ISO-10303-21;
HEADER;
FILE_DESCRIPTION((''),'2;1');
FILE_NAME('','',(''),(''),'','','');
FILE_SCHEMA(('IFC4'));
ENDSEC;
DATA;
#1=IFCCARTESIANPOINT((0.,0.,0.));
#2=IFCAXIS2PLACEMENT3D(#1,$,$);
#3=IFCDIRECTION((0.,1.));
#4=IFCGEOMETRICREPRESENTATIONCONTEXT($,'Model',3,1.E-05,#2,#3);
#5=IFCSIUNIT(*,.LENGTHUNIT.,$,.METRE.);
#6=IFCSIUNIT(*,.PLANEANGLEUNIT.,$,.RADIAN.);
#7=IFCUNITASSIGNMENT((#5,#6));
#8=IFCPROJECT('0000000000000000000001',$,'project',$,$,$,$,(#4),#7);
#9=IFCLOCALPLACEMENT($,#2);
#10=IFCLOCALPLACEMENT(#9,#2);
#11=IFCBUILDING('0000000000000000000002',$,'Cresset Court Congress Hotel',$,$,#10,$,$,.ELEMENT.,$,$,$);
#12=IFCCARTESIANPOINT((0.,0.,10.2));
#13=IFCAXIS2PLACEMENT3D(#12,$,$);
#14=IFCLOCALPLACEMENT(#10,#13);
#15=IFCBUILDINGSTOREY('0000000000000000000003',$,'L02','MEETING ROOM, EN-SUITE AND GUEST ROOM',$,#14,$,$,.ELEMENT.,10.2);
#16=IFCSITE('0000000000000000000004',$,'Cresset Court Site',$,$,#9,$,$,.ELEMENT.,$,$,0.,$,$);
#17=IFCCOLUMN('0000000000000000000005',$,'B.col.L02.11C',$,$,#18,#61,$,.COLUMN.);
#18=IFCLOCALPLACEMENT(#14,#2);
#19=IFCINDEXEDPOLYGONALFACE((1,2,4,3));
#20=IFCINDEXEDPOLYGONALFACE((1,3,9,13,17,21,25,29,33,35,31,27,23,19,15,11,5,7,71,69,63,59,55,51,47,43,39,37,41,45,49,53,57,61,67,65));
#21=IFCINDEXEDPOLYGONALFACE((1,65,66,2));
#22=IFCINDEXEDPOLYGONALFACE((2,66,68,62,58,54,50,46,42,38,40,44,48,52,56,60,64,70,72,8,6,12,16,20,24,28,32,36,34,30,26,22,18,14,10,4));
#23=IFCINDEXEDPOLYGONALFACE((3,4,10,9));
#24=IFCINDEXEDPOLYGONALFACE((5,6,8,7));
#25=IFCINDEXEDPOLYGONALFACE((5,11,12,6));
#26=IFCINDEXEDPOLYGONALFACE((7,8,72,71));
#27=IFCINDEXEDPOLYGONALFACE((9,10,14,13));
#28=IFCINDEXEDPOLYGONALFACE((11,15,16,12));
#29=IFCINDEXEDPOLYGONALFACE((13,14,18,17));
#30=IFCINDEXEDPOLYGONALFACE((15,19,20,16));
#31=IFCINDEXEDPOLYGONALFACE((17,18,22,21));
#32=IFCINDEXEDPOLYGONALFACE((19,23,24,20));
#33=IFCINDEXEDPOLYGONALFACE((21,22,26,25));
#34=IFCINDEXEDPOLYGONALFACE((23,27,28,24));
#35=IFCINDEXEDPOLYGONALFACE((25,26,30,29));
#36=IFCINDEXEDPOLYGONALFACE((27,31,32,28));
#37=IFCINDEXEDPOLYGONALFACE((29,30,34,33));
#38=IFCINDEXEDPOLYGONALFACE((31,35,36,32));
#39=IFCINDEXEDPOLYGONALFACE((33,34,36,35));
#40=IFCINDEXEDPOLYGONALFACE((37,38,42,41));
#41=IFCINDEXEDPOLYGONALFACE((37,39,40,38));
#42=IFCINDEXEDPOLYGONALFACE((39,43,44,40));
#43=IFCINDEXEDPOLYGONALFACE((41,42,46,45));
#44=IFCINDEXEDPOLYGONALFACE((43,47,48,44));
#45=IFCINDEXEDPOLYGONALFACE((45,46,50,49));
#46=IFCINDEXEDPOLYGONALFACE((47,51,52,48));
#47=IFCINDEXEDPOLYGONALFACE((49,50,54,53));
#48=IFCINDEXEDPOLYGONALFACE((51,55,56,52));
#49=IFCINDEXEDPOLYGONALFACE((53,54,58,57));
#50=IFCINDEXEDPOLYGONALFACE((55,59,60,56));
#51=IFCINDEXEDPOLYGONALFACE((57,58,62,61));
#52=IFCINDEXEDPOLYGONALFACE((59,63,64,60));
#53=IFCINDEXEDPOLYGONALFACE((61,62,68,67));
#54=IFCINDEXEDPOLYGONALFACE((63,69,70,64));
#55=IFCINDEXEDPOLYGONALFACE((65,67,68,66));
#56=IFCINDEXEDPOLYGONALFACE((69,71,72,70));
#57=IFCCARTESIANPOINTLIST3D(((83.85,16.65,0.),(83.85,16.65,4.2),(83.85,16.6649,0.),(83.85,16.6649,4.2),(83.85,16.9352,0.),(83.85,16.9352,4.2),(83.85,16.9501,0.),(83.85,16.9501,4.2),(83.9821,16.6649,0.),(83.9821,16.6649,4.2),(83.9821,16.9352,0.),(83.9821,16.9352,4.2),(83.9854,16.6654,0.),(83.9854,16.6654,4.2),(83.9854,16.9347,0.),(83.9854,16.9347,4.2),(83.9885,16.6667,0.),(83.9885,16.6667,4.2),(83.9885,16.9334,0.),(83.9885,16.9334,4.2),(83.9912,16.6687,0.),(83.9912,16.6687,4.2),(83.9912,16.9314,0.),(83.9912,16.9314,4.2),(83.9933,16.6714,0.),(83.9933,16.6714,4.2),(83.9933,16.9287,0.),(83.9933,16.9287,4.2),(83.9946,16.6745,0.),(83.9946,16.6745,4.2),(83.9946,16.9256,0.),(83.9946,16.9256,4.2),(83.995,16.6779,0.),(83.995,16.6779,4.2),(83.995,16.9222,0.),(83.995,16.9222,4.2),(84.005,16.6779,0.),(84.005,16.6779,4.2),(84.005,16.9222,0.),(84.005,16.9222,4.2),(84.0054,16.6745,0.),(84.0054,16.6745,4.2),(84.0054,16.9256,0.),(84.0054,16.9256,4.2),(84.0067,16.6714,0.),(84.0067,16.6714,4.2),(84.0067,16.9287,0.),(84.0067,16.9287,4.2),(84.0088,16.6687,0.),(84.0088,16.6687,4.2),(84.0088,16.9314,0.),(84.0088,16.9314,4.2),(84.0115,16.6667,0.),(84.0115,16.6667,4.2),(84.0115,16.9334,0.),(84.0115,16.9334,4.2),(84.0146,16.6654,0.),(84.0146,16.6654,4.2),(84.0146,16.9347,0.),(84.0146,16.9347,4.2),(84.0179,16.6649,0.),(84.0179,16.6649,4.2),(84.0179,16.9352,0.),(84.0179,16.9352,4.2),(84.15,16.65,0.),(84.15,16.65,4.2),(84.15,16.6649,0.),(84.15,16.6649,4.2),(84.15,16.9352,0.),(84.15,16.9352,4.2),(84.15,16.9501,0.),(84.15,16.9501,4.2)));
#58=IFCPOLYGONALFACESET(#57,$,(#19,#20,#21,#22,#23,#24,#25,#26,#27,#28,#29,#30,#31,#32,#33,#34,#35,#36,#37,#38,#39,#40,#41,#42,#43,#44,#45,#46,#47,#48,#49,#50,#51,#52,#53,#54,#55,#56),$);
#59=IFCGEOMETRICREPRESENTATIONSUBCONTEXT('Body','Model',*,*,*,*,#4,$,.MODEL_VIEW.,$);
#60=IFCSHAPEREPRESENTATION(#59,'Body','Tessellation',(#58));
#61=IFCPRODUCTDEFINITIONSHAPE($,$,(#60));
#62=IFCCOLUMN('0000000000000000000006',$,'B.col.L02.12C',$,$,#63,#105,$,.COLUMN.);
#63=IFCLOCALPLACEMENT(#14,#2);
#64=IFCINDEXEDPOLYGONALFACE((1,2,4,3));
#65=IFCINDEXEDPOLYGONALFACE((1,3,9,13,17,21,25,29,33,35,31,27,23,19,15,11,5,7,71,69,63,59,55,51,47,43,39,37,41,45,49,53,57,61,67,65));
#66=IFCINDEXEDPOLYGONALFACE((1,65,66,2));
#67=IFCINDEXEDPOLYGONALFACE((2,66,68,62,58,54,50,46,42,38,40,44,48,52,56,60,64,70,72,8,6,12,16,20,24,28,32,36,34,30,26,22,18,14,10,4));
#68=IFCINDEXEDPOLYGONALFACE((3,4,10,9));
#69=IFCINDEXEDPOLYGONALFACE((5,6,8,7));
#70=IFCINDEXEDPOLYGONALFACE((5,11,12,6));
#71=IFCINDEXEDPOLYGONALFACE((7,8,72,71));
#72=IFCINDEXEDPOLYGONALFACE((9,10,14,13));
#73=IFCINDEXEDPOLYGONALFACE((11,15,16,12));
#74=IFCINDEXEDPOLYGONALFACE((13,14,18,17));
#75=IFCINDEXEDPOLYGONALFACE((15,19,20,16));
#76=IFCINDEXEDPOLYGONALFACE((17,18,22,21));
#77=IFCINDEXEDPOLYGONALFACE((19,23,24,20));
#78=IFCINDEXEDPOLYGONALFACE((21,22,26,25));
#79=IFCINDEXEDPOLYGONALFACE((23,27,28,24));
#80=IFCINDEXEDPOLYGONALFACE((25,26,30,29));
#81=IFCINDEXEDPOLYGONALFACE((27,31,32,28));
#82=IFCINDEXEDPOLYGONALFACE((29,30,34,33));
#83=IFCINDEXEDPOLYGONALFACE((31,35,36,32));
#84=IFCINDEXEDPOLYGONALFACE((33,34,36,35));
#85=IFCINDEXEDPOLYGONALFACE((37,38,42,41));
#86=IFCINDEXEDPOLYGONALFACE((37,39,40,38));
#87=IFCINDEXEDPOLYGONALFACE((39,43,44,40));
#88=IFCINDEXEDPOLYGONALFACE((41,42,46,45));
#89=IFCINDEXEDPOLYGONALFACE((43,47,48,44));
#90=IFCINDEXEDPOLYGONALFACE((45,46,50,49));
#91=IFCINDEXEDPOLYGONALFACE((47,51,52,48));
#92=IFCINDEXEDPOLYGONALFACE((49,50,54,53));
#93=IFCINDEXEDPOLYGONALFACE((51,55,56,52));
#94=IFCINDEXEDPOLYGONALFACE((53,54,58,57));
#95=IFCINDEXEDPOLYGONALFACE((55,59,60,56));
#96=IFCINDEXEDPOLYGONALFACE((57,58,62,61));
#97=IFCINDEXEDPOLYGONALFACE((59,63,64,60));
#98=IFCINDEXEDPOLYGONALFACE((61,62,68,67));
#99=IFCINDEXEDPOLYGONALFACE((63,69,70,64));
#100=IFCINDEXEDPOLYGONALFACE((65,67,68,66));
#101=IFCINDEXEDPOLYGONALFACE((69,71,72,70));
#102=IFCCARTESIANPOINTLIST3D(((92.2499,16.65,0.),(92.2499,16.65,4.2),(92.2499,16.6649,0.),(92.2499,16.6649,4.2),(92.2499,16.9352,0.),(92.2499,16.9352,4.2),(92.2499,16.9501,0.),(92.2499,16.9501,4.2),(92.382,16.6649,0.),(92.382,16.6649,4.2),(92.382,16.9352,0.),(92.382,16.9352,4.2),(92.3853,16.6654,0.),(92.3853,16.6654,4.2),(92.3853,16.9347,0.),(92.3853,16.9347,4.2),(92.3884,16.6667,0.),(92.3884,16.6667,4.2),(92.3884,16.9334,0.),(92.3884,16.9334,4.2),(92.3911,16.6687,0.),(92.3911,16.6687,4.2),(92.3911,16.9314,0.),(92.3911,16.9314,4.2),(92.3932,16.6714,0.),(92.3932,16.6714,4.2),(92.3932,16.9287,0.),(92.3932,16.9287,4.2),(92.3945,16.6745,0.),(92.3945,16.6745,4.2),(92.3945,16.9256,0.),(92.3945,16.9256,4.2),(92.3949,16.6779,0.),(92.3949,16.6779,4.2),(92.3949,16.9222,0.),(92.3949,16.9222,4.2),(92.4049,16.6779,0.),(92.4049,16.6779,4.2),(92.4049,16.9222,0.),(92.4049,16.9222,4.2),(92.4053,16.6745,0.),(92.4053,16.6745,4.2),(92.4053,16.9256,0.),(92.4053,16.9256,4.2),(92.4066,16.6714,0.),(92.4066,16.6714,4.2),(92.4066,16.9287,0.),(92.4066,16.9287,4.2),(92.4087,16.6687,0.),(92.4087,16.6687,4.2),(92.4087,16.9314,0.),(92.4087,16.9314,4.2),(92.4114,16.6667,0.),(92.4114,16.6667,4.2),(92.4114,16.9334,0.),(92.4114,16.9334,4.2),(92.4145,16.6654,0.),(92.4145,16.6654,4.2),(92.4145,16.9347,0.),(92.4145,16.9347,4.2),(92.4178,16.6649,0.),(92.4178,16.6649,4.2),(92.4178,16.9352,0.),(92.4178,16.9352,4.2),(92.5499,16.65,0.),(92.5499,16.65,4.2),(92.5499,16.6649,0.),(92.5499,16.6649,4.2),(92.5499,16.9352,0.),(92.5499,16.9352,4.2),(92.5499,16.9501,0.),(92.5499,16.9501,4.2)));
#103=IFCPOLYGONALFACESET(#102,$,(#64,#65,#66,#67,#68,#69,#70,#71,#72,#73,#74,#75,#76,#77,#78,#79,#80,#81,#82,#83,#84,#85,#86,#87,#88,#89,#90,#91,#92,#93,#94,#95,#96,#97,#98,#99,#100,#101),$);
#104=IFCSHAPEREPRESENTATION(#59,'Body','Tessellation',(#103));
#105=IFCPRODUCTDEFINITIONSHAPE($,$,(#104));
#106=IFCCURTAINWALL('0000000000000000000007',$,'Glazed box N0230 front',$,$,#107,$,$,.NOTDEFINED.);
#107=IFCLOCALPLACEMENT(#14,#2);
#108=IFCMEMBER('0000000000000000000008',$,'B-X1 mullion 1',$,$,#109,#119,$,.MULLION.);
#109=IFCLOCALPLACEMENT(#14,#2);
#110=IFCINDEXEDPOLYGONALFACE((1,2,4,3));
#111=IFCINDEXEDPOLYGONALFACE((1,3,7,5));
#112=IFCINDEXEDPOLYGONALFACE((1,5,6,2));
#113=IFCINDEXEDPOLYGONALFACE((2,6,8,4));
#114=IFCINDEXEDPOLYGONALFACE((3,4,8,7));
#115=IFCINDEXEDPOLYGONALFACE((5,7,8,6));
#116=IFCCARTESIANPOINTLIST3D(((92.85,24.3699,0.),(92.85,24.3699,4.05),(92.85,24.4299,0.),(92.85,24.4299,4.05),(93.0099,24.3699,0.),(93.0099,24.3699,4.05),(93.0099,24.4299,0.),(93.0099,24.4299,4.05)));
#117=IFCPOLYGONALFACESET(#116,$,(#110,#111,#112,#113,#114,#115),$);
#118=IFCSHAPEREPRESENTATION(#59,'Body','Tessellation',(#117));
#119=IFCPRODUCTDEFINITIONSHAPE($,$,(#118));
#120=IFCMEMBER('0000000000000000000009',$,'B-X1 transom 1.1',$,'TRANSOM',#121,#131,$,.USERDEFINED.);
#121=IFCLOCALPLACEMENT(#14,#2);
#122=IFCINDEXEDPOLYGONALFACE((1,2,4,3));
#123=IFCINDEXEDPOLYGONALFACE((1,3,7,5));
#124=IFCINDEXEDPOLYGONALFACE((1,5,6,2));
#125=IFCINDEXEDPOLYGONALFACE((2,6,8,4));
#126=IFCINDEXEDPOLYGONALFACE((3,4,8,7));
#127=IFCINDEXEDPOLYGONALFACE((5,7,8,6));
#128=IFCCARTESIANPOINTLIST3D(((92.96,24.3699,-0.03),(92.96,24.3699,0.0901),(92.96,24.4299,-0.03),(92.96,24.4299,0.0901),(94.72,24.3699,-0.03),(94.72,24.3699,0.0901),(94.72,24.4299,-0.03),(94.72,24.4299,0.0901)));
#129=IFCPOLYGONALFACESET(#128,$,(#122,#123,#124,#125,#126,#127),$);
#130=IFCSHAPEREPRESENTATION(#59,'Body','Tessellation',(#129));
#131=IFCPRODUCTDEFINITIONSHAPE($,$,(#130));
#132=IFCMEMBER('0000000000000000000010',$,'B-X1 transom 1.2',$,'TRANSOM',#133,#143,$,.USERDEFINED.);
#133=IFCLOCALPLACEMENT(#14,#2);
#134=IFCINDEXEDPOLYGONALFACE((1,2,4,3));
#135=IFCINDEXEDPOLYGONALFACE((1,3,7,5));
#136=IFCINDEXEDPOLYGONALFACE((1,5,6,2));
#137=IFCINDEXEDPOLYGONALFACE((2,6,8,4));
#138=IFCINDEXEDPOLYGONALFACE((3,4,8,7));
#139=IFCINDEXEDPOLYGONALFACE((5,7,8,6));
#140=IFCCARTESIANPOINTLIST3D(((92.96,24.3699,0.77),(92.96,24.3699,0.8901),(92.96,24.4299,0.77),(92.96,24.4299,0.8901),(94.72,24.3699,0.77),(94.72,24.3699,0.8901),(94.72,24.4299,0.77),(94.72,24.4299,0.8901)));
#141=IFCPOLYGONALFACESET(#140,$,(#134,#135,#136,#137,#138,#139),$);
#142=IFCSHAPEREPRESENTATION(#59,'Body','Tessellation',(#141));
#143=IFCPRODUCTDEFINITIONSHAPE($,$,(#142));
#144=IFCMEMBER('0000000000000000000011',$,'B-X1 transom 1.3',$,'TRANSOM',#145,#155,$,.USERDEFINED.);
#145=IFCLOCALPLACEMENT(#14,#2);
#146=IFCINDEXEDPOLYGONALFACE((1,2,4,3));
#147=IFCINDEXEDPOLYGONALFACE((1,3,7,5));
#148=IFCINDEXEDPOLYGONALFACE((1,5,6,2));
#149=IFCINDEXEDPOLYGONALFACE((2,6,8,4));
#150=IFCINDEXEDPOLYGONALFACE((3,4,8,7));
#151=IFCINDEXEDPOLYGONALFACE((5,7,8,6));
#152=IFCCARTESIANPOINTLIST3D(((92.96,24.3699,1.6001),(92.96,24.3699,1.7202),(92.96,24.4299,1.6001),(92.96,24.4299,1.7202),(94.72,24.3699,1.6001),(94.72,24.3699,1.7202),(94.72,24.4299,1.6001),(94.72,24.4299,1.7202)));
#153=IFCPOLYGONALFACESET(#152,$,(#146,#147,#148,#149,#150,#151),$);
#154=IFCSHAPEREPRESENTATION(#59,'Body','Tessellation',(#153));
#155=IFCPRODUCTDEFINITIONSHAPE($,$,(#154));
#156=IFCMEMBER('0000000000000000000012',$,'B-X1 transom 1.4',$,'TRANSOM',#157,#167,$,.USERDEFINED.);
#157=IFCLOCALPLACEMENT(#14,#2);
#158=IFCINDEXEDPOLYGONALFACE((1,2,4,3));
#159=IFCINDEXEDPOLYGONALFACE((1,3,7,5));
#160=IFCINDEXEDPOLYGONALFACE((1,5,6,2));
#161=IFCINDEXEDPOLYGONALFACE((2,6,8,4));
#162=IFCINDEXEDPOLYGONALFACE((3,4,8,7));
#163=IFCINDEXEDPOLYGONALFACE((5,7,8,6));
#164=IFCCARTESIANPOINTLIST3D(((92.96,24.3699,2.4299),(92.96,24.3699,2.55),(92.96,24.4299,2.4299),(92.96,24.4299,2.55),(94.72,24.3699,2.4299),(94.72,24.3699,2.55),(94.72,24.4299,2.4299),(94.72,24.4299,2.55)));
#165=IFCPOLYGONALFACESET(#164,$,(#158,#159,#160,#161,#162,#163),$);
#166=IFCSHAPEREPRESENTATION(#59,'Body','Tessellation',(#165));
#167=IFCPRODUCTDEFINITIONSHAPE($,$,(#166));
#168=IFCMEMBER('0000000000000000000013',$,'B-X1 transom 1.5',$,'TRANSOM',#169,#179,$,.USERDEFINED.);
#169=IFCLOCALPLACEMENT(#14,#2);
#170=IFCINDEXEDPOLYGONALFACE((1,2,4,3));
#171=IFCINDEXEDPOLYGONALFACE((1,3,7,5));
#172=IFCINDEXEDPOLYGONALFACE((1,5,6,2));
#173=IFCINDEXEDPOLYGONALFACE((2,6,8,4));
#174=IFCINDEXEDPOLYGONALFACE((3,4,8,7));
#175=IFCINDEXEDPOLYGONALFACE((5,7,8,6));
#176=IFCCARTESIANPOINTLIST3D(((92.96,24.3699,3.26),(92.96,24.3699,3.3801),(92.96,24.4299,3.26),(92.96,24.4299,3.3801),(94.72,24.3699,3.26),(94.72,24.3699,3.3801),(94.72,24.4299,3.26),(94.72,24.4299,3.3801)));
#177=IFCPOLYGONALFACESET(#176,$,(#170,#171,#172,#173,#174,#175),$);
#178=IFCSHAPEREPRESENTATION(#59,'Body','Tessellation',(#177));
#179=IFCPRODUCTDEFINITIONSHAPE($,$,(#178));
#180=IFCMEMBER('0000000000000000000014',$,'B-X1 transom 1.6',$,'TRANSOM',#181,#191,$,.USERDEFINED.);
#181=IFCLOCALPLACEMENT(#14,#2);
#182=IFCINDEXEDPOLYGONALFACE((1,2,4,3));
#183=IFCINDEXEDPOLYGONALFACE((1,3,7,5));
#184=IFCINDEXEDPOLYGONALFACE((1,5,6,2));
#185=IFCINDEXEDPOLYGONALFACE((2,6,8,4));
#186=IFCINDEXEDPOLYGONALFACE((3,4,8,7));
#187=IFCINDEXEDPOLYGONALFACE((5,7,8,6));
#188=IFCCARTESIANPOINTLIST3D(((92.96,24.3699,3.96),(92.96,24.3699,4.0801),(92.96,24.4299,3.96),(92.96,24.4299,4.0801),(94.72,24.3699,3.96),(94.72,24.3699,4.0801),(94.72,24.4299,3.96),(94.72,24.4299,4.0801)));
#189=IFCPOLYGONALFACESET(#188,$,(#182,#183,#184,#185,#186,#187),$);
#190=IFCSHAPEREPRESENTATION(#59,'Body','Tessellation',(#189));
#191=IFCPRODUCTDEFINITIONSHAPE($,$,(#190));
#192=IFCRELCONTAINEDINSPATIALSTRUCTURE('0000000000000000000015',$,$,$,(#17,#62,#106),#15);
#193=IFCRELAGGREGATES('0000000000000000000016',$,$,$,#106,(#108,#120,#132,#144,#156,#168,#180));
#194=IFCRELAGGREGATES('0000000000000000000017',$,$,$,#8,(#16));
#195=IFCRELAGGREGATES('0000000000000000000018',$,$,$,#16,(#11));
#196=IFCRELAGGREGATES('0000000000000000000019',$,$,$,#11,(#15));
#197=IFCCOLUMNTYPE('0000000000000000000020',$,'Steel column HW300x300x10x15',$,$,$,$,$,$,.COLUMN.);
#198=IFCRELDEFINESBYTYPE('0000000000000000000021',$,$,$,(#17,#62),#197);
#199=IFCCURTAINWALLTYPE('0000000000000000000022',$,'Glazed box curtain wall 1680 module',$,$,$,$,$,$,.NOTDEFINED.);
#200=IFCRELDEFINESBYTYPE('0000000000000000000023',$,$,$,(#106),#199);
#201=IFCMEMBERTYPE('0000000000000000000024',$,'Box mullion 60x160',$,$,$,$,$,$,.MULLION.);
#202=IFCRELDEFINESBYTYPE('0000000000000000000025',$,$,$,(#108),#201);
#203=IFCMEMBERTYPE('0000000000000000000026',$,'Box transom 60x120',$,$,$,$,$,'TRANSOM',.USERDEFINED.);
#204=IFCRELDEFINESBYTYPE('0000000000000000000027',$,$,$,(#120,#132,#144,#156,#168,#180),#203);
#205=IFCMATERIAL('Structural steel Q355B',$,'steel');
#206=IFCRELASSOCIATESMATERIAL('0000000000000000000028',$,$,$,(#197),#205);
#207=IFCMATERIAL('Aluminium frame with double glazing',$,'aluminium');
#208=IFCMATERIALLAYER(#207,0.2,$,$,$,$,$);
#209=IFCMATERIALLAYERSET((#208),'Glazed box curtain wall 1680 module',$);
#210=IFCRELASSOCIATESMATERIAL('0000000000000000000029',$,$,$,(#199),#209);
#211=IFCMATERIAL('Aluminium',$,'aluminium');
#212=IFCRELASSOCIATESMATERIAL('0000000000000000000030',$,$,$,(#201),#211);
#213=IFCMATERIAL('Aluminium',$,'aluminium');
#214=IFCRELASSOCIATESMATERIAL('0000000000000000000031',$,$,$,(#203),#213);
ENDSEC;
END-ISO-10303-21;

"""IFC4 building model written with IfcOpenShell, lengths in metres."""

from ifc_helpers import new_model, si_unit, direction, frame, origin, origin_2d, place, context, subcontext, project, spatial, rectangle, i_section, extrude, material, layer, layer_set, material_profile, profile_set, type_object, element, aggregate, save


model = new_model("IFC4")

# Units and contexts
model_context = context("Model", 3, precision=1e-05, world=origin(), true_north=direction((0.0, 1.0)))
body_context = subcontext(model_context, "Body", "Model", "MODEL_VIEW")
ifc_project = project(units=[si_unit("LENGTHUNIT", "METRE"), si_unit("PLANEANGLEUNIT", "RADIAN")], contexts=[model_context])

# Site, building, storey
site_placement = place(None, origin())
site = spatial("IfcSite", under=ifc_project, at=site_placement, Name="Cresset Court Site", CompositionType="ELEMENT", RefElevation=0.0)
building_placement = place(site_placement, origin())
building = spatial("IfcBuilding", under=site, at=building_placement, Name="Cresset Court Congress Hotel", CompositionType="ELEMENT")
storey_placement = place(building_placement, frame((0.0, 0.0, 10.2)))
storey = spatial("IfcBuildingStorey", under=building, at=storey_placement, Name="L02", Description="MEETING ROOM, EN-SUITE AND GUEST ROOM", CompositionType="ELEMENT", Elevation=10.2)

# Columns
ifc_material_1 = material(Name="Structural steel Q355B", Category="steel")
ifc_material_profile_1 = material_profile(ifc_material_1, i_section(OverallWidth=0.3, OverallDepth=0.3, WebThickness=0.01, FlangeThickness=0.0149, FilletRadius=0.0129, at=origin_2d()), Name="HW300x300x10x15")
ifc_profile_set_1 = profile_set([ifc_material_profile_1], Name="Structural steel Q355B")
column_type = type_object("IfcColumnType", Name="Steel column HW300x300x10x15", PredefinedType="COLUMN", material=ifc_profile_set_1)
for number, where, z_axis, x_axis, name in (
    (1, (84.0, 16.8, 0.0), (0.0, 0.0, 1.0), (1.0, 0.0, 0.0), "B.col.L02.11C"),
    (2, (92.3999, 16.8, 0.0), (0.0, 0.0, 1.0), (1.0, 0.0, 0.0), "B.col.L02.12C"),
):
    element("IfcColumn", number, at=place(storey_placement, frame(where, z_axis=z_axis, x_axis=x_axis)), inside=storey, type_object=column_type, Name=name, PredefinedType="COLUMN", context=body_context, shape_type="SweptSolid", body=[
        extrude(i_section(OverallWidth=0.3, OverallDepth=0.3, WebThickness=0.01, FlangeThickness=0.0149, FilletRadius=0.0129, at=origin_2d()), origin(), (0.0, 0.0, 1.0), 4.2),
    ])

# Curtain wall, members
ifc_material_2 = material(Name="Aluminium frame with double glazing", Category="aluminium")
ifc_layer_1 = layer(ifc_material_2, 0.2)
ifc_layer_set_1 = layer_set([ifc_layer_1], Name="Glazed box curtain wall 1680 module")
curtain_wall_type = type_object("IfcCurtainWallType", Name="Glazed box curtain wall 1680 module", PredefinedType="NOTDEFINED", material=ifc_layer_set_1)
curtain_wall_placement = place(storey_placement, origin())
curtain_wall = element("IfcCurtainWall", 3, at=curtain_wall_placement, inside=storey, type_object=curtain_wall_type, Name="Glazed box N0230 front", PredefinedType="NOTDEFINED")
ifc_material_3 = material(Name="Aluminium", Category="aluminium")
ifc_material_profile_2 = material_profile(ifc_material_3, rectangle(XDim=0.0601, YDim=0.1599, at=origin_2d()), Name="Box mullion 60x160")
ifc_profile_set_2 = profile_set([ifc_material_profile_2], Name="Aluminium")
member_type_1 = type_object("IfcMemberType", Name="Box mullion 60x160", PredefinedType="MULLION", material=ifc_profile_set_2)
member_1_placement = place(storey_placement, frame((92.9299, 24.3999, 0.0), z_axis=(0.0, 0.0, 1.0), x_axis=(0.0, 1.0, 0.0)))
member_1 = element("IfcMember", 4, at=member_1_placement, type_object=member_type_1, Name="B-X1 mullion 1", PredefinedType="MULLION", context=body_context, shape_type="SweptSolid", body=[
    extrude(rectangle(XDim=0.0601, YDim=0.1599, at=origin_2d()), origin(), (0.0, 0.0, 1.0), 4.05),
])
ifc_material_4 = material(Name="Aluminium", Category="aluminium")
ifc_material_profile_3 = material_profile(ifc_material_4, rectangle(XDim=0.0601, YDim=0.1201, at=origin_2d()), Name="Box transom 60x120")
ifc_profile_set_3 = profile_set([ifc_material_profile_3], Name="Aluminium")
member_type_2 = type_object("IfcMemberType", Name="Box transom 60x120", ElementType="TRANSOM", PredefinedType="USERDEFINED", material=ifc_profile_set_3)
member_2_placement = place(storey_placement, frame((92.96, 24.3999, 0.03), z_axis=(1.0, 0.0, 0.0), x_axis=(0.0, 1.0, 0.0)))
member_2 = element("IfcMember", 5, at=member_2_placement, type_object=member_type_2, Name="B-X1 transom 1.1", ObjectType="TRANSOM", PredefinedType="USERDEFINED", context=body_context, shape_type="SweptSolid", body=[
    extrude(rectangle(XDim=0.0601, YDim=0.1201, at=origin_2d()), origin(), (0.0, 0.0, 1.0), 1.76),
])
member_3_placement = place(storey_placement, frame((92.96, 24.3999, 0.8301), z_axis=(1.0, 0.0, 0.0), x_axis=(0.0, 1.0, 0.0)))
member_3 = element("IfcMember", 6, at=member_3_placement, type_object=member_type_2, Name="B-X1 transom 1.2", ObjectType="TRANSOM", PredefinedType="USERDEFINED", context=body_context, shape_type="SweptSolid", body=[
    extrude(rectangle(XDim=0.0601, YDim=0.1201, at=origin_2d()), origin(), (0.0, 0.0, 1.0), 1.76),
])
member_4_placement = place(storey_placement, frame((92.96, 24.3999, 1.6602), z_axis=(1.0, 0.0, 0.0), x_axis=(0.0, 1.0, 0.0)))
member_4 = element("IfcMember", 7, at=member_4_placement, type_object=member_type_2, Name="B-X1 transom 1.3", ObjectType="TRANSOM", PredefinedType="USERDEFINED", context=body_context, shape_type="SweptSolid", body=[
    extrude(rectangle(XDim=0.0601, YDim=0.1201, at=origin_2d()), origin(), (0.0, 0.0, 1.0), 1.76),
])
member_5_placement = place(storey_placement, frame((92.96, 24.3999, 2.49), z_axis=(1.0, 0.0, 0.0), x_axis=(0.0, 1.0, 0.0)))
member_5 = element("IfcMember", 8, at=member_5_placement, type_object=member_type_2, Name="B-X1 transom 1.4", ObjectType="TRANSOM", PredefinedType="USERDEFINED", context=body_context, shape_type="SweptSolid", body=[
    extrude(rectangle(XDim=0.0601, YDim=0.1201, at=origin_2d()), origin(), (0.0, 0.0, 1.0), 1.76),
])
member_6_placement = place(storey_placement, frame((92.96, 24.3999, 3.3201), z_axis=(1.0, 0.0, 0.0), x_axis=(0.0, 1.0, 0.0)))
member_6 = element("IfcMember", 9, at=member_6_placement, type_object=member_type_2, Name="B-X1 transom 1.5", ObjectType="TRANSOM", PredefinedType="USERDEFINED", context=body_context, shape_type="SweptSolid", body=[
    extrude(rectangle(XDim=0.0601, YDim=0.1201, at=origin_2d()), origin(), (0.0, 0.0, 1.0), 1.76),
])
member_7_placement = place(storey_placement, frame((92.96, 24.3999, 4.02), z_axis=(1.0, 0.0, 0.0), x_axis=(0.0, 1.0, 0.0)))
member_7 = element("IfcMember", 10, at=member_7_placement, type_object=member_type_2, Name="B-X1 transom 1.6", ObjectType="TRANSOM", PredefinedType="USERDEFINED", context=body_context, shape_type="SweptSolid", body=[
    extrude(rectangle(XDim=0.0601, YDim=0.1201, at=origin_2d()), origin(), (0.0, 0.0, 1.0), 1.76),
])

aggregate(curtain_wall, [member_1, member_2, member_3, member_4, member_5, member_6, member_7])

save(model, "model.ifc")
